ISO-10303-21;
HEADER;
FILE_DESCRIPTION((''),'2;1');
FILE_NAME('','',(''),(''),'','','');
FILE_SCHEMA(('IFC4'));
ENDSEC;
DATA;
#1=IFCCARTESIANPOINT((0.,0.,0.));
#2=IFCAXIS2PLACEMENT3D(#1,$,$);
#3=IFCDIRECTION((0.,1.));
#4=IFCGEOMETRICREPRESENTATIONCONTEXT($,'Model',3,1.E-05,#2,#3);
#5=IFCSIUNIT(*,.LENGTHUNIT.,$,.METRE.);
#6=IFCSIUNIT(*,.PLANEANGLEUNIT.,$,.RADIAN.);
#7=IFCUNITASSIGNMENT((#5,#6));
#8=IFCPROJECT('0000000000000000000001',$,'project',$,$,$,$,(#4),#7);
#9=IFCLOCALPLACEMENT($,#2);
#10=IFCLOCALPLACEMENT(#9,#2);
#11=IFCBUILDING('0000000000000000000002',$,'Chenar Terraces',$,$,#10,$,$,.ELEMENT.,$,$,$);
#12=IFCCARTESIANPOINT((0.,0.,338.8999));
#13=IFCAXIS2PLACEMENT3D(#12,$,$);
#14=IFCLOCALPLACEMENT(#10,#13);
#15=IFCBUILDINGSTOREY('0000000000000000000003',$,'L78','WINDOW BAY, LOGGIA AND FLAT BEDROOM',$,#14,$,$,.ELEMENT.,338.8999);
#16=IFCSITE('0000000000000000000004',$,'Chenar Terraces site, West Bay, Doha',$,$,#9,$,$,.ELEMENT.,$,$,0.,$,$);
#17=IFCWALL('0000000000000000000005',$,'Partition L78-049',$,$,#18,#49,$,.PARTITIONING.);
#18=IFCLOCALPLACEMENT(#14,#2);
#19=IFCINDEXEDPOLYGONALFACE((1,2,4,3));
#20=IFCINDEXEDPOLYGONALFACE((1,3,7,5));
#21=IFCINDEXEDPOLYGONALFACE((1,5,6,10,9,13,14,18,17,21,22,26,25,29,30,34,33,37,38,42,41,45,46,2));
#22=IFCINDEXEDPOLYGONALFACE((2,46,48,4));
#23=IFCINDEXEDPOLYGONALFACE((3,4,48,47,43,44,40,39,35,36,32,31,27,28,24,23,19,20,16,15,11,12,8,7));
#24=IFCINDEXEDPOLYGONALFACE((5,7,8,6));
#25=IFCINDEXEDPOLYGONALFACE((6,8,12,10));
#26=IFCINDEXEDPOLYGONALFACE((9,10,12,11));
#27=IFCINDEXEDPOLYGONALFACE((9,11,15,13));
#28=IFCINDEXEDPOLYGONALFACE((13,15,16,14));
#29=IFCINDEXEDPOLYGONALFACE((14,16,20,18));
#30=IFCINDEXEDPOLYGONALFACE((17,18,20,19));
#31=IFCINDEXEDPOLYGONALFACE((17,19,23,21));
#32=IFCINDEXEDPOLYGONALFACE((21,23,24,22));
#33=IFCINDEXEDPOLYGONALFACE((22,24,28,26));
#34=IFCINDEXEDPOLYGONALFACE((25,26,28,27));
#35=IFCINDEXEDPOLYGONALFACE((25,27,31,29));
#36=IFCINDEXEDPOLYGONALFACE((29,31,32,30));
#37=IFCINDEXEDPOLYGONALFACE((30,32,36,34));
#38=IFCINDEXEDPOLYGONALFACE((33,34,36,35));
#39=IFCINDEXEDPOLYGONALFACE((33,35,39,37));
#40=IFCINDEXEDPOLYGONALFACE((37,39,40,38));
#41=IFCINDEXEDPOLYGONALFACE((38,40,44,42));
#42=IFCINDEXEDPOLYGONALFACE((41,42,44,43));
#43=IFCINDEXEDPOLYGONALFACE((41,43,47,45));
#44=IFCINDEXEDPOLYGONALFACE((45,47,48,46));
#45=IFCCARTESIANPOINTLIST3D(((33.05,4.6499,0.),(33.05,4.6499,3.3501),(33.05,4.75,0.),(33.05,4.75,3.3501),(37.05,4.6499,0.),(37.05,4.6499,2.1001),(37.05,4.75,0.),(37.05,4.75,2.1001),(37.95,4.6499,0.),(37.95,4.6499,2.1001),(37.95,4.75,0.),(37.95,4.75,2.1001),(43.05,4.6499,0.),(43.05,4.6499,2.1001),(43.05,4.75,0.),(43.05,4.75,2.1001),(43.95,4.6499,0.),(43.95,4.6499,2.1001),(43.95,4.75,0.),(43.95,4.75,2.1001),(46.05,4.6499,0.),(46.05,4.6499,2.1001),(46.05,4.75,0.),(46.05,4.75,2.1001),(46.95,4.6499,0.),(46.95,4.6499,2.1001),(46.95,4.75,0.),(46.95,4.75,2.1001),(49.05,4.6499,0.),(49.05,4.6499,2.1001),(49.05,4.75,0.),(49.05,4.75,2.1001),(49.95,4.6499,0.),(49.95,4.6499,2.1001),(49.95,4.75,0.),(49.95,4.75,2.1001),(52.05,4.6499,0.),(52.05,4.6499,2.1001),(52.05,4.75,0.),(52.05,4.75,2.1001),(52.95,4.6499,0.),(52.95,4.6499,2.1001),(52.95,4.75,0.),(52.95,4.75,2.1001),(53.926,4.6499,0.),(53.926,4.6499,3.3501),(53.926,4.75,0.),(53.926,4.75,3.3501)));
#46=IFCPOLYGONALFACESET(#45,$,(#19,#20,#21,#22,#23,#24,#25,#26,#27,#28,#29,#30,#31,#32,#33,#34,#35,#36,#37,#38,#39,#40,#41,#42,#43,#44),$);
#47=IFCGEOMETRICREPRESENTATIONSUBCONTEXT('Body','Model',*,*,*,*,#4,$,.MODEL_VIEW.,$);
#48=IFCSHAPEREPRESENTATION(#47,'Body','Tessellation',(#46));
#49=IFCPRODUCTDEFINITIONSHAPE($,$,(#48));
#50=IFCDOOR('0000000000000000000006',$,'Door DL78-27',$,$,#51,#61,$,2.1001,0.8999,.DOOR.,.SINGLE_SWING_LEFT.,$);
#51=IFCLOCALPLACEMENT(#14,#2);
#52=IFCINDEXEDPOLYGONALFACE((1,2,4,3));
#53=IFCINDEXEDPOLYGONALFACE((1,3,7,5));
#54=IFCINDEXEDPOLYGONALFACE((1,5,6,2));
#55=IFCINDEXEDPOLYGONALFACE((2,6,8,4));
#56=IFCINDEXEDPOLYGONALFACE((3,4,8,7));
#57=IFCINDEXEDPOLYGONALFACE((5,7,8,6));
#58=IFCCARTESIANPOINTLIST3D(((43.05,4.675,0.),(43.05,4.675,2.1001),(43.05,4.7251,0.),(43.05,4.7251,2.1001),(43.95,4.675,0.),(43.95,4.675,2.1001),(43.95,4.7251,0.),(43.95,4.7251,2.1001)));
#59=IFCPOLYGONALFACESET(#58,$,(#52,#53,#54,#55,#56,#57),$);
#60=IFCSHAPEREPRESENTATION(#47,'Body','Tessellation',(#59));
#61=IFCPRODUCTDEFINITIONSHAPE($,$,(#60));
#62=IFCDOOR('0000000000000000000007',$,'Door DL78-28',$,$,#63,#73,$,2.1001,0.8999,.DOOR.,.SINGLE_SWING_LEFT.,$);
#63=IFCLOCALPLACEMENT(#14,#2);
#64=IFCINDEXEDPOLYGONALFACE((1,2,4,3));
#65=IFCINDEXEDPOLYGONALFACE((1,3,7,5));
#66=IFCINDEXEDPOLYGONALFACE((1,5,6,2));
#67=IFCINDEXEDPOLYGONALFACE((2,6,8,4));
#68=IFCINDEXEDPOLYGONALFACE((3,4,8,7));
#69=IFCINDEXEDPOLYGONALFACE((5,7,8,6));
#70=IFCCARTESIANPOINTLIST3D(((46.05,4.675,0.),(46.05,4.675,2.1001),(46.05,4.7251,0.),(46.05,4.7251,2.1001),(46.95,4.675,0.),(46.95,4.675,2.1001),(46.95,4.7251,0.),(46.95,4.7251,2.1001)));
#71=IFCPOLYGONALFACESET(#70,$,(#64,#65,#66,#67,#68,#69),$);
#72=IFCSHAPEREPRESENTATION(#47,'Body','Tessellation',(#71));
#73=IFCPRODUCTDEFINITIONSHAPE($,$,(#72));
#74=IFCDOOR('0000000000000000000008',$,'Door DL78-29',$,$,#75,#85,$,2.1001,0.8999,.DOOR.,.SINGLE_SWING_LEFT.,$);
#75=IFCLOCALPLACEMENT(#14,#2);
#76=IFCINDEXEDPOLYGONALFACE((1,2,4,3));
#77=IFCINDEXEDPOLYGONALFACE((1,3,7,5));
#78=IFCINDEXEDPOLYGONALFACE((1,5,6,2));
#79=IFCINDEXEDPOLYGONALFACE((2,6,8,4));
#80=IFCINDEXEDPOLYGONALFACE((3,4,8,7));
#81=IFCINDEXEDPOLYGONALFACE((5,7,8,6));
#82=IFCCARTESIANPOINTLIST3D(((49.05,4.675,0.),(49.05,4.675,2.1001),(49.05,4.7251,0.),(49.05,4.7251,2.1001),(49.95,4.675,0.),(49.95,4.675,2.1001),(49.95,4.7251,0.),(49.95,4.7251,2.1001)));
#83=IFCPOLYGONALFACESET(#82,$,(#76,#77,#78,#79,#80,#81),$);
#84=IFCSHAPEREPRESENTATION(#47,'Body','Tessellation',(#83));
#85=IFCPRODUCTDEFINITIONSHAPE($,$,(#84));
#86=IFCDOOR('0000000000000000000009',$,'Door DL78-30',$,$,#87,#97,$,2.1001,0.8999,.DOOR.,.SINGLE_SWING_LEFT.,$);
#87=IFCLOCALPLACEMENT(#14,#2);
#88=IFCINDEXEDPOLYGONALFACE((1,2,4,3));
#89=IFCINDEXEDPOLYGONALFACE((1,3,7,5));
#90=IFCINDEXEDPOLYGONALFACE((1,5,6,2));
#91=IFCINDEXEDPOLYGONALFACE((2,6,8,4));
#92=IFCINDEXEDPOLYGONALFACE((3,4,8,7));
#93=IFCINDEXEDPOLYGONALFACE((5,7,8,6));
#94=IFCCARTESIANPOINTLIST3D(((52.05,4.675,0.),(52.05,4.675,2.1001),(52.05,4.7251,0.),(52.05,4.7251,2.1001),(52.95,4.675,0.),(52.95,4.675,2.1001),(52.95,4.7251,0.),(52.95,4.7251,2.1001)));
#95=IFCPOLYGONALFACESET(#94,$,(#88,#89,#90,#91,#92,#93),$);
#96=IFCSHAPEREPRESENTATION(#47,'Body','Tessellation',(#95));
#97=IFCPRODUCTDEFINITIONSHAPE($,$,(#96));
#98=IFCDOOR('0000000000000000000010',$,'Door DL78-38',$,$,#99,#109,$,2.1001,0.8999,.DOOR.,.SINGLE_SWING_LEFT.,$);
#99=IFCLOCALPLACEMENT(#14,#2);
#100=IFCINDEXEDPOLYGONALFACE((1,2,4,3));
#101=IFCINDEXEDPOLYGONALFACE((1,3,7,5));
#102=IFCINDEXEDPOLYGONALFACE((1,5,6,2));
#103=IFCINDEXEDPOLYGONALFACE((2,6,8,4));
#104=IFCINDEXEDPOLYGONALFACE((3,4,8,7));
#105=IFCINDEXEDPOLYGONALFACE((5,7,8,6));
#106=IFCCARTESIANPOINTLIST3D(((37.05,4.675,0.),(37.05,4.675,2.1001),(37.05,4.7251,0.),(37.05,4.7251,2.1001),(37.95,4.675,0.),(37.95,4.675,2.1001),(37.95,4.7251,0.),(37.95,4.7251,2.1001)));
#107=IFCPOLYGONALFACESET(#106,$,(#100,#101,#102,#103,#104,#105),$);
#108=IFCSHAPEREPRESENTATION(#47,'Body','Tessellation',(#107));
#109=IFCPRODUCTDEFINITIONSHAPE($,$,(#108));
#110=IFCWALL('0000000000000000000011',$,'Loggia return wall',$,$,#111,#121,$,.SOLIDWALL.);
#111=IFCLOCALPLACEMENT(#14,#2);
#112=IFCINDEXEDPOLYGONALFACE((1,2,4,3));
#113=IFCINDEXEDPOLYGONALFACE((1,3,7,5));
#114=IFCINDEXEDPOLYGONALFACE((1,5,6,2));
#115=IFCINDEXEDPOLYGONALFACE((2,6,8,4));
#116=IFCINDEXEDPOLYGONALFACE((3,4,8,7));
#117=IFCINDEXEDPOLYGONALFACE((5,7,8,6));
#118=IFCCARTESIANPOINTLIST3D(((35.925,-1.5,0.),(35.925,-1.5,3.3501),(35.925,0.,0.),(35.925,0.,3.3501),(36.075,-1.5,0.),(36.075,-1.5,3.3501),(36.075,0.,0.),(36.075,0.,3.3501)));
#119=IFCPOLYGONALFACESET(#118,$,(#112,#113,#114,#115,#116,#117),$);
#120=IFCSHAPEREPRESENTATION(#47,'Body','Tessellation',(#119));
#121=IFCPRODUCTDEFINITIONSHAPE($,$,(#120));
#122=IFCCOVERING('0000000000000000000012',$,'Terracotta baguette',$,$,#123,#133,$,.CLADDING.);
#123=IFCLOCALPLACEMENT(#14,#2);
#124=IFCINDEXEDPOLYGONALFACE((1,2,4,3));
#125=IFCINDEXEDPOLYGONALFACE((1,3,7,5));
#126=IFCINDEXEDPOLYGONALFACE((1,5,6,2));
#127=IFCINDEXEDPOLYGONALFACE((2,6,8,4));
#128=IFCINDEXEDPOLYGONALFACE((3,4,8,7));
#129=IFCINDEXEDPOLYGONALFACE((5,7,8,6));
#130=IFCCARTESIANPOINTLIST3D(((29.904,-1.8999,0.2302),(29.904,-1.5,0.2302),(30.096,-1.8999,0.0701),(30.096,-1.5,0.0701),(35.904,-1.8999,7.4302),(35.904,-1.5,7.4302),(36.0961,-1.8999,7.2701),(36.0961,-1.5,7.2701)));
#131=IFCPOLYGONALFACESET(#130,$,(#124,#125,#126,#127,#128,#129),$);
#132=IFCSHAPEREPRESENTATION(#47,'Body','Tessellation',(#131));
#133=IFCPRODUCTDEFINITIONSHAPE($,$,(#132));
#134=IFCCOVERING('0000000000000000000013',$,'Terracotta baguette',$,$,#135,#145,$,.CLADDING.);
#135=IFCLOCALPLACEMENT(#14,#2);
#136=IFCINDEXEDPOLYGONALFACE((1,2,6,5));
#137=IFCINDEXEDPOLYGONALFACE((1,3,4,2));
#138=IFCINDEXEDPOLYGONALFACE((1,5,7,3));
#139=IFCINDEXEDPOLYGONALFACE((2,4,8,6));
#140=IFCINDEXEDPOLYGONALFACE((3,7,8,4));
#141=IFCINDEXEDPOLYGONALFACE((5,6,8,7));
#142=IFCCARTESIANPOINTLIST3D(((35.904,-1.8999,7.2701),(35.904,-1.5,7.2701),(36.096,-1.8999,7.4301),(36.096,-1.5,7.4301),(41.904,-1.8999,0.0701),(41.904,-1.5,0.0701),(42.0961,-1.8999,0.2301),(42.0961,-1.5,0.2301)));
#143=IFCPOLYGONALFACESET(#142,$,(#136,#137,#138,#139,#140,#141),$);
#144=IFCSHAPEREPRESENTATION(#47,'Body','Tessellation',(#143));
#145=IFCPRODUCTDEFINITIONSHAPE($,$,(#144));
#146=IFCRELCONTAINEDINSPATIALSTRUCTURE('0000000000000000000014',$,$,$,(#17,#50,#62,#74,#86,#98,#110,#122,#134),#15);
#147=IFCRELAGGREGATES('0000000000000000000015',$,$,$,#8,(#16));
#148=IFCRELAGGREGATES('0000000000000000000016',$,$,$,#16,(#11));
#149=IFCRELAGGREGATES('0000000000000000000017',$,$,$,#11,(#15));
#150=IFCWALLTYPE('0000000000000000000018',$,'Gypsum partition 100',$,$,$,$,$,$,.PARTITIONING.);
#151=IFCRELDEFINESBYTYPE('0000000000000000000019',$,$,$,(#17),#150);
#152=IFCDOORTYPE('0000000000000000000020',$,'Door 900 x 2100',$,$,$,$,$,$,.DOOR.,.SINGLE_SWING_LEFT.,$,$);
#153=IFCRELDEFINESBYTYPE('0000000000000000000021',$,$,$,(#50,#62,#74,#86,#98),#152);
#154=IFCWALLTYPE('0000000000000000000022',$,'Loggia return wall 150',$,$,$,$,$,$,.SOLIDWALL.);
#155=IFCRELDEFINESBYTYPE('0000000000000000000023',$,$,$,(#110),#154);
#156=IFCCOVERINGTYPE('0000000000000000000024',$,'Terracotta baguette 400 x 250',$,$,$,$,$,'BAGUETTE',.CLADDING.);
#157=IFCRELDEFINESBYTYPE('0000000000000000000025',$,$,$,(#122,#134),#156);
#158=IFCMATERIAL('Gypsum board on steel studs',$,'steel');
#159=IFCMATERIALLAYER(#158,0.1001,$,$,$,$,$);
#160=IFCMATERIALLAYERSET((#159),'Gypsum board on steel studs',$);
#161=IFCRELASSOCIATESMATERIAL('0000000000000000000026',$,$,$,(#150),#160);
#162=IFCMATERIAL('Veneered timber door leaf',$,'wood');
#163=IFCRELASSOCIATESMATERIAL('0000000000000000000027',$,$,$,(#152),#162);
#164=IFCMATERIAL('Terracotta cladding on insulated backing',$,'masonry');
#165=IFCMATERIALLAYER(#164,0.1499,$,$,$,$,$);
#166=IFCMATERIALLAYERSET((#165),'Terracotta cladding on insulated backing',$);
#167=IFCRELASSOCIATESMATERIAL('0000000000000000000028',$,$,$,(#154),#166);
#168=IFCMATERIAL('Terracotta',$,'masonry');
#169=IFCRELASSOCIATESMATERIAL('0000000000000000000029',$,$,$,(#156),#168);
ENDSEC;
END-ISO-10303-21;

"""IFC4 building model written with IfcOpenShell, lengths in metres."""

from ifc_helpers import new_model, si_unit, direction, frame, frame_2d, origin, origin_2d, place, context, subcontext, project, spatial, rectangle, extrude, material, layer, layer_set, material_profile, profile_set, type_object, element, fill, save


model = new_model("IFC4")

# Units and contexts
model_context = context("Model", 3, precision=1e-05, world=origin(), true_north=direction((0.0, 1.0)))
body_context = subcontext(model_context, "Body", "Model", "MODEL_VIEW")
ifc_project = project(units=[si_unit("LENGTHUNIT", "METRE"), si_unit("PLANEANGLEUNIT", "RADIAN")], contexts=[model_context])

# Site, building, storey
site_placement = place(None, origin())
site = spatial("IfcSite", under=ifc_project, at=site_placement, Name="Chenar Terraces site, West Bay, Doha", CompositionType="ELEMENT", RefElevation=0.0)
building_placement = place(site_placement, origin())
building = spatial("IfcBuilding", under=site, at=building_placement, Name="Chenar Terraces", CompositionType="ELEMENT")
storey_placement = place(building_placement, frame((0.0, 0.0, 338.8999)))
storey = spatial("IfcBuildingStorey", under=building, at=storey_placement, Name="L78", Description="WINDOW BAY, LOGGIA AND FLAT BEDROOM", CompositionType="ELEMENT", Elevation=338.8999)

# Shared definitions
ifc_material_1 = material(Name="Gypsum board on steel studs", Category="steel")
ifc_layer_1 = layer(ifc_material_1, 0.1001)
ifc_layer_set_1 = layer_set([ifc_layer_1], Name="Gypsum board on steel studs")
wall_type_1 = type_object("IfcWallType", Name="Gypsum partition 100", PredefinedType="PARTITIONING", material=ifc_layer_set_1)

# Shared definitions
ifc_material_2 = material(Name="Veneered timber door leaf", Category="wood")
door_type = type_object("IfcDoorType", Name="Door 900 x 2100", OperationType="SINGLE_SWING_LEFT", PredefinedType="DOOR", material=ifc_material_2)

# Wall, openings, doors
wall_1_placement = place(storey_placement, frame((33.05, 4.7, 0.0), z_axis=(0.0, 0.0, 1.0), x_axis=(1.0, 0.0, 0.0)))
wall_1 = element("IfcWall", 1, at=wall_1_placement, inside=storey, type_object=wall_type_1, Name="Partition L78-049", PredefinedType="PARTITIONING", context=body_context, shape_type="SweptSolid", body=[
    extrude(rectangle(XDim=20.876, YDim=0.1001, at=frame_2d((10.438, 0.0))), origin(), (0.0, 0.0, 1.0), 3.3501),
])
opening_1_placement = place(wall_1_placement, frame((10.0, 0.0, 0.0)))
opening_1 = element("IfcOpeningElement", 2, at=opening_1_placement, cuts=wall_1, PredefinedType="OPENING", context=body_context, shape_type="SweptSolid", body=[
    extrude(rectangle(XDim=0.8999, YDim=2.1001, at=frame_2d((0.45, 1.05))), frame((0.0, 0.0601, 0.0), z_axis=(0.0, -1.0, 0.0), x_axis=(1.0, 0.0, 0.0)), (0.0, 0.0, 1.0), 0.1201),
])
opening_2_placement = place(wall_1_placement, frame((13.0, 0.0, 0.0)))
opening_2 = element("IfcOpeningElement", 3, at=opening_2_placement, cuts=wall_1, PredefinedType="OPENING", context=body_context, shape_type="SweptSolid", body=[
    extrude(rectangle(XDim=0.8999, YDim=2.1001, at=frame_2d((0.45, 1.05))), frame((0.0, 0.0601, 0.0), z_axis=(0.0, -1.0, 0.0), x_axis=(1.0, 0.0, 0.0)), (0.0, 0.0, 1.0), 0.1201),
])
opening_3_placement = place(wall_1_placement, frame((16.0, 0.0, 0.0)))
opening_3 = element("IfcOpeningElement", 4, at=opening_3_placement, cuts=wall_1, PredefinedType="OPENING", context=body_context, shape_type="SweptSolid", body=[
    extrude(rectangle(XDim=0.8999, YDim=2.1001, at=frame_2d((0.45, 1.05))), frame((0.0, 0.0601, 0.0), z_axis=(0.0, -1.0, 0.0), x_axis=(1.0, 0.0, 0.0)), (0.0, 0.0, 1.0), 0.1201),
])
opening_4_placement = place(wall_1_placement, frame((19.0, 0.0, 0.0)))
opening_4 = element("IfcOpeningElement", 5, at=opening_4_placement, cuts=wall_1, PredefinedType="OPENING", context=body_context, shape_type="SweptSolid", body=[
    extrude(rectangle(XDim=0.8999, YDim=2.1001, at=frame_2d((0.45, 1.05))), frame((0.0, 0.0601, 0.0), z_axis=(0.0, -1.0, 0.0), x_axis=(1.0, 0.0, 0.0)), (0.0, 0.0, 1.0), 0.1201),
])
opening_5_placement = place(wall_1_placement, frame((4.0, 0.0, 0.0)))
opening_5 = element("IfcOpeningElement", 6, at=opening_5_placement, cuts=wall_1, PredefinedType="OPENING", context=body_context, shape_type="SweptSolid", body=[
    extrude(rectangle(XDim=0.8999, YDim=2.1001, at=frame_2d((0.45, 1.05))), frame((0.0, 0.0601, 0.0), z_axis=(0.0, -1.0, 0.0), x_axis=(1.0, 0.0, 0.0)), (0.0, 0.0, 1.0), 0.1201),
])
door_1_placement = place(opening_1_placement, frame((0.8999, 0.0, 0.0), z_axis=(0.0, 0.0, 1.0), x_axis=(-1.0, 0.0, 0.0)))
door_1 = element("IfcDoor", 7, at=door_1_placement, inside=storey, type_object=door_type, Name="Door DL78-27", OperationType="SINGLE_SWING_LEFT", OverallHeight=2.1001, OverallWidth=0.8999, PredefinedType="DOOR", context=body_context, shape_type="SweptSolid", body=[
    extrude(rectangle(XDim=0.8999, YDim=2.1001, at=frame_2d((0.45, 1.05))), frame((0.0, 0.0249, 0.0), z_axis=(0.0, -1.0, 0.0), x_axis=(1.0, 0.0, 0.0)), (0.0, 0.0, 1.0), 0.05),
])
fill(opening_1, door_1)
door_2_placement = place(opening_2_placement, frame((0.8999, 0.0, 0.0), z_axis=(0.0, 0.0, 1.0), x_axis=(-1.0, 0.0, 0.0)))
door_2 = element("IfcDoor", 8, at=door_2_placement, inside=storey, type_object=door_type, Name="Door DL78-28", OperationType="SINGLE_SWING_LEFT", OverallHeight=2.1001, OverallWidth=0.8999, PredefinedType="DOOR", context=body_context, shape_type="SweptSolid", body=[
    extrude(rectangle(XDim=0.8999, YDim=2.1001, at=frame_2d((0.45, 1.05))), frame((0.0, 0.0249, 0.0), z_axis=(0.0, -1.0, 0.0), x_axis=(1.0, 0.0, 0.0)), (0.0, 0.0, 1.0), 0.05),
])
fill(opening_2, door_2)
door_3_placement = place(opening_3_placement, frame((0.8999, 0.0, 0.0), z_axis=(0.0, 0.0, 1.0), x_axis=(-1.0, 0.0, 0.0)))
door_3 = element("IfcDoor", 9, at=door_3_placement, inside=storey, type_object=door_type, Name="Door DL78-29", OperationType="SINGLE_SWING_LEFT", OverallHeight=2.1001, OverallWidth=0.8999, PredefinedType="DOOR", context=body_context, shape_type="SweptSolid", body=[
    extrude(rectangle(XDim=0.8999, YDim=2.1001, at=frame_2d((0.45, 1.05))), frame((0.0, 0.0249, 0.0), z_axis=(0.0, -1.0, 0.0), x_axis=(1.0, 0.0, 0.0)), (0.0, 0.0, 1.0), 0.05),
])
fill(opening_3, door_3)
door_4_placement = place(opening_4_placement, frame((0.8999, 0.0, 0.0), z_axis=(0.0, 0.0, 1.0), x_axis=(-1.0, 0.0, 0.0)))
door_4 = element("IfcDoor", 10, at=door_4_placement, inside=storey, type_object=door_type, Name="Door DL78-30", OperationType="SINGLE_SWING_LEFT", OverallHeight=2.1001, OverallWidth=0.8999, PredefinedType="DOOR", context=body_context, shape_type="SweptSolid", body=[
    extrude(rectangle(XDim=0.8999, YDim=2.1001, at=frame_2d((0.45, 1.05))), frame((0.0, 0.0249, 0.0), z_axis=(0.0, -1.0, 0.0), x_axis=(1.0, 0.0, 0.0)), (0.0, 0.0, 1.0), 0.05),
])
fill(opening_4, door_4)
door_5_placement = place(opening_5_placement, frame((0.8999, 0.0, 0.0), z_axis=(0.0, 0.0, 1.0), x_axis=(-1.0, 0.0, 0.0)))
door_5 = element("IfcDoor", 11, at=door_5_placement, inside=storey, type_object=door_type, Name="Door DL78-38", OperationType="SINGLE_SWING_LEFT", OverallHeight=2.1001, OverallWidth=0.8999, PredefinedType="DOOR", context=body_context, shape_type="SweptSolid", body=[
    extrude(rectangle(XDim=0.8999, YDim=2.1001, at=frame_2d((0.45, 1.05))), frame((0.0, 0.0249, 0.0), z_axis=(0.0, -1.0, 0.0), x_axis=(1.0, 0.0, 0.0)), (0.0, 0.0, 1.0), 0.05),
])
fill(opening_5, door_5)

# Wall
ifc_material_3 = material(Name="Terracotta cladding on insulated backing", Category="masonry")
ifc_layer_2 = layer(ifc_material_3, 0.1499)
ifc_layer_set_2 = layer_set([ifc_layer_2], Name="Terracotta cladding on insulated backing")
wall_type_2 = type_object("IfcWallType", Name="Loggia return wall 150", PredefinedType="SOLIDWALL", material=ifc_layer_set_2)
wall_2_placement = place(storey_placement, frame((36.0, -1.5, 0.0), z_axis=(0.0, 0.0, 1.0), x_axis=(0.0, 1.0, 0.0)))
element("IfcWall", 12, at=wall_2_placement, inside=storey, type_object=wall_type_2, Name="Loggia return wall", PredefinedType="SOLIDWALL", context=body_context, shape_type="SweptSolid", body=[
    extrude(rectangle(XDim=1.5, YDim=0.1499, at=frame_2d((0.75, 0.0))), origin(), (0.0, 0.0, 1.0), 3.3501),
])

# Coverings
ifc_material_4 = material(Name="Terracotta", Category="masonry")
ifc_material_profile_1 = material_profile(ifc_material_4, rectangle(XDim=0.3999, YDim=0.25, at=origin_2d()), Name="Terracotta baguette 400 x 250")
ifc_profile_set_1 = profile_set([ifc_material_profile_1], Name="Terracotta")
covering_type = type_object("IfcCoveringType", Name="Terracotta baguette 400 x 250", ElementType="BAGUETTE", PredefinedType="CLADDING", material=ifc_profile_set_1)
for number, where, z_axis, x_axis, name in (
    (13, (30.0, -1.7, 0.1501), (0.640187, 0.0, 0.768219), (0.0, 1.0, 0.0), "Terracotta baguette"),
    (14, (36.0, -1.7, 7.3501), (0.640187, 0.0, -0.768219), (0.0, 1.0, 0.0), "Terracotta baguette"),
):
    element("IfcCovering", number, at=place(storey_placement, frame(where, z_axis=z_axis, x_axis=x_axis)), inside=storey, type_object=covering_type, Name=name, PredefinedType="CLADDING", context=body_context, shape_type="SweptSolid", body=[
        extrude(rectangle(XDim=0.3999, YDim=0.25, at=origin_2d()), origin(), (0.0, 0.0, 1.0), 9.3723),
    ])

save(model, "model.ifc")
